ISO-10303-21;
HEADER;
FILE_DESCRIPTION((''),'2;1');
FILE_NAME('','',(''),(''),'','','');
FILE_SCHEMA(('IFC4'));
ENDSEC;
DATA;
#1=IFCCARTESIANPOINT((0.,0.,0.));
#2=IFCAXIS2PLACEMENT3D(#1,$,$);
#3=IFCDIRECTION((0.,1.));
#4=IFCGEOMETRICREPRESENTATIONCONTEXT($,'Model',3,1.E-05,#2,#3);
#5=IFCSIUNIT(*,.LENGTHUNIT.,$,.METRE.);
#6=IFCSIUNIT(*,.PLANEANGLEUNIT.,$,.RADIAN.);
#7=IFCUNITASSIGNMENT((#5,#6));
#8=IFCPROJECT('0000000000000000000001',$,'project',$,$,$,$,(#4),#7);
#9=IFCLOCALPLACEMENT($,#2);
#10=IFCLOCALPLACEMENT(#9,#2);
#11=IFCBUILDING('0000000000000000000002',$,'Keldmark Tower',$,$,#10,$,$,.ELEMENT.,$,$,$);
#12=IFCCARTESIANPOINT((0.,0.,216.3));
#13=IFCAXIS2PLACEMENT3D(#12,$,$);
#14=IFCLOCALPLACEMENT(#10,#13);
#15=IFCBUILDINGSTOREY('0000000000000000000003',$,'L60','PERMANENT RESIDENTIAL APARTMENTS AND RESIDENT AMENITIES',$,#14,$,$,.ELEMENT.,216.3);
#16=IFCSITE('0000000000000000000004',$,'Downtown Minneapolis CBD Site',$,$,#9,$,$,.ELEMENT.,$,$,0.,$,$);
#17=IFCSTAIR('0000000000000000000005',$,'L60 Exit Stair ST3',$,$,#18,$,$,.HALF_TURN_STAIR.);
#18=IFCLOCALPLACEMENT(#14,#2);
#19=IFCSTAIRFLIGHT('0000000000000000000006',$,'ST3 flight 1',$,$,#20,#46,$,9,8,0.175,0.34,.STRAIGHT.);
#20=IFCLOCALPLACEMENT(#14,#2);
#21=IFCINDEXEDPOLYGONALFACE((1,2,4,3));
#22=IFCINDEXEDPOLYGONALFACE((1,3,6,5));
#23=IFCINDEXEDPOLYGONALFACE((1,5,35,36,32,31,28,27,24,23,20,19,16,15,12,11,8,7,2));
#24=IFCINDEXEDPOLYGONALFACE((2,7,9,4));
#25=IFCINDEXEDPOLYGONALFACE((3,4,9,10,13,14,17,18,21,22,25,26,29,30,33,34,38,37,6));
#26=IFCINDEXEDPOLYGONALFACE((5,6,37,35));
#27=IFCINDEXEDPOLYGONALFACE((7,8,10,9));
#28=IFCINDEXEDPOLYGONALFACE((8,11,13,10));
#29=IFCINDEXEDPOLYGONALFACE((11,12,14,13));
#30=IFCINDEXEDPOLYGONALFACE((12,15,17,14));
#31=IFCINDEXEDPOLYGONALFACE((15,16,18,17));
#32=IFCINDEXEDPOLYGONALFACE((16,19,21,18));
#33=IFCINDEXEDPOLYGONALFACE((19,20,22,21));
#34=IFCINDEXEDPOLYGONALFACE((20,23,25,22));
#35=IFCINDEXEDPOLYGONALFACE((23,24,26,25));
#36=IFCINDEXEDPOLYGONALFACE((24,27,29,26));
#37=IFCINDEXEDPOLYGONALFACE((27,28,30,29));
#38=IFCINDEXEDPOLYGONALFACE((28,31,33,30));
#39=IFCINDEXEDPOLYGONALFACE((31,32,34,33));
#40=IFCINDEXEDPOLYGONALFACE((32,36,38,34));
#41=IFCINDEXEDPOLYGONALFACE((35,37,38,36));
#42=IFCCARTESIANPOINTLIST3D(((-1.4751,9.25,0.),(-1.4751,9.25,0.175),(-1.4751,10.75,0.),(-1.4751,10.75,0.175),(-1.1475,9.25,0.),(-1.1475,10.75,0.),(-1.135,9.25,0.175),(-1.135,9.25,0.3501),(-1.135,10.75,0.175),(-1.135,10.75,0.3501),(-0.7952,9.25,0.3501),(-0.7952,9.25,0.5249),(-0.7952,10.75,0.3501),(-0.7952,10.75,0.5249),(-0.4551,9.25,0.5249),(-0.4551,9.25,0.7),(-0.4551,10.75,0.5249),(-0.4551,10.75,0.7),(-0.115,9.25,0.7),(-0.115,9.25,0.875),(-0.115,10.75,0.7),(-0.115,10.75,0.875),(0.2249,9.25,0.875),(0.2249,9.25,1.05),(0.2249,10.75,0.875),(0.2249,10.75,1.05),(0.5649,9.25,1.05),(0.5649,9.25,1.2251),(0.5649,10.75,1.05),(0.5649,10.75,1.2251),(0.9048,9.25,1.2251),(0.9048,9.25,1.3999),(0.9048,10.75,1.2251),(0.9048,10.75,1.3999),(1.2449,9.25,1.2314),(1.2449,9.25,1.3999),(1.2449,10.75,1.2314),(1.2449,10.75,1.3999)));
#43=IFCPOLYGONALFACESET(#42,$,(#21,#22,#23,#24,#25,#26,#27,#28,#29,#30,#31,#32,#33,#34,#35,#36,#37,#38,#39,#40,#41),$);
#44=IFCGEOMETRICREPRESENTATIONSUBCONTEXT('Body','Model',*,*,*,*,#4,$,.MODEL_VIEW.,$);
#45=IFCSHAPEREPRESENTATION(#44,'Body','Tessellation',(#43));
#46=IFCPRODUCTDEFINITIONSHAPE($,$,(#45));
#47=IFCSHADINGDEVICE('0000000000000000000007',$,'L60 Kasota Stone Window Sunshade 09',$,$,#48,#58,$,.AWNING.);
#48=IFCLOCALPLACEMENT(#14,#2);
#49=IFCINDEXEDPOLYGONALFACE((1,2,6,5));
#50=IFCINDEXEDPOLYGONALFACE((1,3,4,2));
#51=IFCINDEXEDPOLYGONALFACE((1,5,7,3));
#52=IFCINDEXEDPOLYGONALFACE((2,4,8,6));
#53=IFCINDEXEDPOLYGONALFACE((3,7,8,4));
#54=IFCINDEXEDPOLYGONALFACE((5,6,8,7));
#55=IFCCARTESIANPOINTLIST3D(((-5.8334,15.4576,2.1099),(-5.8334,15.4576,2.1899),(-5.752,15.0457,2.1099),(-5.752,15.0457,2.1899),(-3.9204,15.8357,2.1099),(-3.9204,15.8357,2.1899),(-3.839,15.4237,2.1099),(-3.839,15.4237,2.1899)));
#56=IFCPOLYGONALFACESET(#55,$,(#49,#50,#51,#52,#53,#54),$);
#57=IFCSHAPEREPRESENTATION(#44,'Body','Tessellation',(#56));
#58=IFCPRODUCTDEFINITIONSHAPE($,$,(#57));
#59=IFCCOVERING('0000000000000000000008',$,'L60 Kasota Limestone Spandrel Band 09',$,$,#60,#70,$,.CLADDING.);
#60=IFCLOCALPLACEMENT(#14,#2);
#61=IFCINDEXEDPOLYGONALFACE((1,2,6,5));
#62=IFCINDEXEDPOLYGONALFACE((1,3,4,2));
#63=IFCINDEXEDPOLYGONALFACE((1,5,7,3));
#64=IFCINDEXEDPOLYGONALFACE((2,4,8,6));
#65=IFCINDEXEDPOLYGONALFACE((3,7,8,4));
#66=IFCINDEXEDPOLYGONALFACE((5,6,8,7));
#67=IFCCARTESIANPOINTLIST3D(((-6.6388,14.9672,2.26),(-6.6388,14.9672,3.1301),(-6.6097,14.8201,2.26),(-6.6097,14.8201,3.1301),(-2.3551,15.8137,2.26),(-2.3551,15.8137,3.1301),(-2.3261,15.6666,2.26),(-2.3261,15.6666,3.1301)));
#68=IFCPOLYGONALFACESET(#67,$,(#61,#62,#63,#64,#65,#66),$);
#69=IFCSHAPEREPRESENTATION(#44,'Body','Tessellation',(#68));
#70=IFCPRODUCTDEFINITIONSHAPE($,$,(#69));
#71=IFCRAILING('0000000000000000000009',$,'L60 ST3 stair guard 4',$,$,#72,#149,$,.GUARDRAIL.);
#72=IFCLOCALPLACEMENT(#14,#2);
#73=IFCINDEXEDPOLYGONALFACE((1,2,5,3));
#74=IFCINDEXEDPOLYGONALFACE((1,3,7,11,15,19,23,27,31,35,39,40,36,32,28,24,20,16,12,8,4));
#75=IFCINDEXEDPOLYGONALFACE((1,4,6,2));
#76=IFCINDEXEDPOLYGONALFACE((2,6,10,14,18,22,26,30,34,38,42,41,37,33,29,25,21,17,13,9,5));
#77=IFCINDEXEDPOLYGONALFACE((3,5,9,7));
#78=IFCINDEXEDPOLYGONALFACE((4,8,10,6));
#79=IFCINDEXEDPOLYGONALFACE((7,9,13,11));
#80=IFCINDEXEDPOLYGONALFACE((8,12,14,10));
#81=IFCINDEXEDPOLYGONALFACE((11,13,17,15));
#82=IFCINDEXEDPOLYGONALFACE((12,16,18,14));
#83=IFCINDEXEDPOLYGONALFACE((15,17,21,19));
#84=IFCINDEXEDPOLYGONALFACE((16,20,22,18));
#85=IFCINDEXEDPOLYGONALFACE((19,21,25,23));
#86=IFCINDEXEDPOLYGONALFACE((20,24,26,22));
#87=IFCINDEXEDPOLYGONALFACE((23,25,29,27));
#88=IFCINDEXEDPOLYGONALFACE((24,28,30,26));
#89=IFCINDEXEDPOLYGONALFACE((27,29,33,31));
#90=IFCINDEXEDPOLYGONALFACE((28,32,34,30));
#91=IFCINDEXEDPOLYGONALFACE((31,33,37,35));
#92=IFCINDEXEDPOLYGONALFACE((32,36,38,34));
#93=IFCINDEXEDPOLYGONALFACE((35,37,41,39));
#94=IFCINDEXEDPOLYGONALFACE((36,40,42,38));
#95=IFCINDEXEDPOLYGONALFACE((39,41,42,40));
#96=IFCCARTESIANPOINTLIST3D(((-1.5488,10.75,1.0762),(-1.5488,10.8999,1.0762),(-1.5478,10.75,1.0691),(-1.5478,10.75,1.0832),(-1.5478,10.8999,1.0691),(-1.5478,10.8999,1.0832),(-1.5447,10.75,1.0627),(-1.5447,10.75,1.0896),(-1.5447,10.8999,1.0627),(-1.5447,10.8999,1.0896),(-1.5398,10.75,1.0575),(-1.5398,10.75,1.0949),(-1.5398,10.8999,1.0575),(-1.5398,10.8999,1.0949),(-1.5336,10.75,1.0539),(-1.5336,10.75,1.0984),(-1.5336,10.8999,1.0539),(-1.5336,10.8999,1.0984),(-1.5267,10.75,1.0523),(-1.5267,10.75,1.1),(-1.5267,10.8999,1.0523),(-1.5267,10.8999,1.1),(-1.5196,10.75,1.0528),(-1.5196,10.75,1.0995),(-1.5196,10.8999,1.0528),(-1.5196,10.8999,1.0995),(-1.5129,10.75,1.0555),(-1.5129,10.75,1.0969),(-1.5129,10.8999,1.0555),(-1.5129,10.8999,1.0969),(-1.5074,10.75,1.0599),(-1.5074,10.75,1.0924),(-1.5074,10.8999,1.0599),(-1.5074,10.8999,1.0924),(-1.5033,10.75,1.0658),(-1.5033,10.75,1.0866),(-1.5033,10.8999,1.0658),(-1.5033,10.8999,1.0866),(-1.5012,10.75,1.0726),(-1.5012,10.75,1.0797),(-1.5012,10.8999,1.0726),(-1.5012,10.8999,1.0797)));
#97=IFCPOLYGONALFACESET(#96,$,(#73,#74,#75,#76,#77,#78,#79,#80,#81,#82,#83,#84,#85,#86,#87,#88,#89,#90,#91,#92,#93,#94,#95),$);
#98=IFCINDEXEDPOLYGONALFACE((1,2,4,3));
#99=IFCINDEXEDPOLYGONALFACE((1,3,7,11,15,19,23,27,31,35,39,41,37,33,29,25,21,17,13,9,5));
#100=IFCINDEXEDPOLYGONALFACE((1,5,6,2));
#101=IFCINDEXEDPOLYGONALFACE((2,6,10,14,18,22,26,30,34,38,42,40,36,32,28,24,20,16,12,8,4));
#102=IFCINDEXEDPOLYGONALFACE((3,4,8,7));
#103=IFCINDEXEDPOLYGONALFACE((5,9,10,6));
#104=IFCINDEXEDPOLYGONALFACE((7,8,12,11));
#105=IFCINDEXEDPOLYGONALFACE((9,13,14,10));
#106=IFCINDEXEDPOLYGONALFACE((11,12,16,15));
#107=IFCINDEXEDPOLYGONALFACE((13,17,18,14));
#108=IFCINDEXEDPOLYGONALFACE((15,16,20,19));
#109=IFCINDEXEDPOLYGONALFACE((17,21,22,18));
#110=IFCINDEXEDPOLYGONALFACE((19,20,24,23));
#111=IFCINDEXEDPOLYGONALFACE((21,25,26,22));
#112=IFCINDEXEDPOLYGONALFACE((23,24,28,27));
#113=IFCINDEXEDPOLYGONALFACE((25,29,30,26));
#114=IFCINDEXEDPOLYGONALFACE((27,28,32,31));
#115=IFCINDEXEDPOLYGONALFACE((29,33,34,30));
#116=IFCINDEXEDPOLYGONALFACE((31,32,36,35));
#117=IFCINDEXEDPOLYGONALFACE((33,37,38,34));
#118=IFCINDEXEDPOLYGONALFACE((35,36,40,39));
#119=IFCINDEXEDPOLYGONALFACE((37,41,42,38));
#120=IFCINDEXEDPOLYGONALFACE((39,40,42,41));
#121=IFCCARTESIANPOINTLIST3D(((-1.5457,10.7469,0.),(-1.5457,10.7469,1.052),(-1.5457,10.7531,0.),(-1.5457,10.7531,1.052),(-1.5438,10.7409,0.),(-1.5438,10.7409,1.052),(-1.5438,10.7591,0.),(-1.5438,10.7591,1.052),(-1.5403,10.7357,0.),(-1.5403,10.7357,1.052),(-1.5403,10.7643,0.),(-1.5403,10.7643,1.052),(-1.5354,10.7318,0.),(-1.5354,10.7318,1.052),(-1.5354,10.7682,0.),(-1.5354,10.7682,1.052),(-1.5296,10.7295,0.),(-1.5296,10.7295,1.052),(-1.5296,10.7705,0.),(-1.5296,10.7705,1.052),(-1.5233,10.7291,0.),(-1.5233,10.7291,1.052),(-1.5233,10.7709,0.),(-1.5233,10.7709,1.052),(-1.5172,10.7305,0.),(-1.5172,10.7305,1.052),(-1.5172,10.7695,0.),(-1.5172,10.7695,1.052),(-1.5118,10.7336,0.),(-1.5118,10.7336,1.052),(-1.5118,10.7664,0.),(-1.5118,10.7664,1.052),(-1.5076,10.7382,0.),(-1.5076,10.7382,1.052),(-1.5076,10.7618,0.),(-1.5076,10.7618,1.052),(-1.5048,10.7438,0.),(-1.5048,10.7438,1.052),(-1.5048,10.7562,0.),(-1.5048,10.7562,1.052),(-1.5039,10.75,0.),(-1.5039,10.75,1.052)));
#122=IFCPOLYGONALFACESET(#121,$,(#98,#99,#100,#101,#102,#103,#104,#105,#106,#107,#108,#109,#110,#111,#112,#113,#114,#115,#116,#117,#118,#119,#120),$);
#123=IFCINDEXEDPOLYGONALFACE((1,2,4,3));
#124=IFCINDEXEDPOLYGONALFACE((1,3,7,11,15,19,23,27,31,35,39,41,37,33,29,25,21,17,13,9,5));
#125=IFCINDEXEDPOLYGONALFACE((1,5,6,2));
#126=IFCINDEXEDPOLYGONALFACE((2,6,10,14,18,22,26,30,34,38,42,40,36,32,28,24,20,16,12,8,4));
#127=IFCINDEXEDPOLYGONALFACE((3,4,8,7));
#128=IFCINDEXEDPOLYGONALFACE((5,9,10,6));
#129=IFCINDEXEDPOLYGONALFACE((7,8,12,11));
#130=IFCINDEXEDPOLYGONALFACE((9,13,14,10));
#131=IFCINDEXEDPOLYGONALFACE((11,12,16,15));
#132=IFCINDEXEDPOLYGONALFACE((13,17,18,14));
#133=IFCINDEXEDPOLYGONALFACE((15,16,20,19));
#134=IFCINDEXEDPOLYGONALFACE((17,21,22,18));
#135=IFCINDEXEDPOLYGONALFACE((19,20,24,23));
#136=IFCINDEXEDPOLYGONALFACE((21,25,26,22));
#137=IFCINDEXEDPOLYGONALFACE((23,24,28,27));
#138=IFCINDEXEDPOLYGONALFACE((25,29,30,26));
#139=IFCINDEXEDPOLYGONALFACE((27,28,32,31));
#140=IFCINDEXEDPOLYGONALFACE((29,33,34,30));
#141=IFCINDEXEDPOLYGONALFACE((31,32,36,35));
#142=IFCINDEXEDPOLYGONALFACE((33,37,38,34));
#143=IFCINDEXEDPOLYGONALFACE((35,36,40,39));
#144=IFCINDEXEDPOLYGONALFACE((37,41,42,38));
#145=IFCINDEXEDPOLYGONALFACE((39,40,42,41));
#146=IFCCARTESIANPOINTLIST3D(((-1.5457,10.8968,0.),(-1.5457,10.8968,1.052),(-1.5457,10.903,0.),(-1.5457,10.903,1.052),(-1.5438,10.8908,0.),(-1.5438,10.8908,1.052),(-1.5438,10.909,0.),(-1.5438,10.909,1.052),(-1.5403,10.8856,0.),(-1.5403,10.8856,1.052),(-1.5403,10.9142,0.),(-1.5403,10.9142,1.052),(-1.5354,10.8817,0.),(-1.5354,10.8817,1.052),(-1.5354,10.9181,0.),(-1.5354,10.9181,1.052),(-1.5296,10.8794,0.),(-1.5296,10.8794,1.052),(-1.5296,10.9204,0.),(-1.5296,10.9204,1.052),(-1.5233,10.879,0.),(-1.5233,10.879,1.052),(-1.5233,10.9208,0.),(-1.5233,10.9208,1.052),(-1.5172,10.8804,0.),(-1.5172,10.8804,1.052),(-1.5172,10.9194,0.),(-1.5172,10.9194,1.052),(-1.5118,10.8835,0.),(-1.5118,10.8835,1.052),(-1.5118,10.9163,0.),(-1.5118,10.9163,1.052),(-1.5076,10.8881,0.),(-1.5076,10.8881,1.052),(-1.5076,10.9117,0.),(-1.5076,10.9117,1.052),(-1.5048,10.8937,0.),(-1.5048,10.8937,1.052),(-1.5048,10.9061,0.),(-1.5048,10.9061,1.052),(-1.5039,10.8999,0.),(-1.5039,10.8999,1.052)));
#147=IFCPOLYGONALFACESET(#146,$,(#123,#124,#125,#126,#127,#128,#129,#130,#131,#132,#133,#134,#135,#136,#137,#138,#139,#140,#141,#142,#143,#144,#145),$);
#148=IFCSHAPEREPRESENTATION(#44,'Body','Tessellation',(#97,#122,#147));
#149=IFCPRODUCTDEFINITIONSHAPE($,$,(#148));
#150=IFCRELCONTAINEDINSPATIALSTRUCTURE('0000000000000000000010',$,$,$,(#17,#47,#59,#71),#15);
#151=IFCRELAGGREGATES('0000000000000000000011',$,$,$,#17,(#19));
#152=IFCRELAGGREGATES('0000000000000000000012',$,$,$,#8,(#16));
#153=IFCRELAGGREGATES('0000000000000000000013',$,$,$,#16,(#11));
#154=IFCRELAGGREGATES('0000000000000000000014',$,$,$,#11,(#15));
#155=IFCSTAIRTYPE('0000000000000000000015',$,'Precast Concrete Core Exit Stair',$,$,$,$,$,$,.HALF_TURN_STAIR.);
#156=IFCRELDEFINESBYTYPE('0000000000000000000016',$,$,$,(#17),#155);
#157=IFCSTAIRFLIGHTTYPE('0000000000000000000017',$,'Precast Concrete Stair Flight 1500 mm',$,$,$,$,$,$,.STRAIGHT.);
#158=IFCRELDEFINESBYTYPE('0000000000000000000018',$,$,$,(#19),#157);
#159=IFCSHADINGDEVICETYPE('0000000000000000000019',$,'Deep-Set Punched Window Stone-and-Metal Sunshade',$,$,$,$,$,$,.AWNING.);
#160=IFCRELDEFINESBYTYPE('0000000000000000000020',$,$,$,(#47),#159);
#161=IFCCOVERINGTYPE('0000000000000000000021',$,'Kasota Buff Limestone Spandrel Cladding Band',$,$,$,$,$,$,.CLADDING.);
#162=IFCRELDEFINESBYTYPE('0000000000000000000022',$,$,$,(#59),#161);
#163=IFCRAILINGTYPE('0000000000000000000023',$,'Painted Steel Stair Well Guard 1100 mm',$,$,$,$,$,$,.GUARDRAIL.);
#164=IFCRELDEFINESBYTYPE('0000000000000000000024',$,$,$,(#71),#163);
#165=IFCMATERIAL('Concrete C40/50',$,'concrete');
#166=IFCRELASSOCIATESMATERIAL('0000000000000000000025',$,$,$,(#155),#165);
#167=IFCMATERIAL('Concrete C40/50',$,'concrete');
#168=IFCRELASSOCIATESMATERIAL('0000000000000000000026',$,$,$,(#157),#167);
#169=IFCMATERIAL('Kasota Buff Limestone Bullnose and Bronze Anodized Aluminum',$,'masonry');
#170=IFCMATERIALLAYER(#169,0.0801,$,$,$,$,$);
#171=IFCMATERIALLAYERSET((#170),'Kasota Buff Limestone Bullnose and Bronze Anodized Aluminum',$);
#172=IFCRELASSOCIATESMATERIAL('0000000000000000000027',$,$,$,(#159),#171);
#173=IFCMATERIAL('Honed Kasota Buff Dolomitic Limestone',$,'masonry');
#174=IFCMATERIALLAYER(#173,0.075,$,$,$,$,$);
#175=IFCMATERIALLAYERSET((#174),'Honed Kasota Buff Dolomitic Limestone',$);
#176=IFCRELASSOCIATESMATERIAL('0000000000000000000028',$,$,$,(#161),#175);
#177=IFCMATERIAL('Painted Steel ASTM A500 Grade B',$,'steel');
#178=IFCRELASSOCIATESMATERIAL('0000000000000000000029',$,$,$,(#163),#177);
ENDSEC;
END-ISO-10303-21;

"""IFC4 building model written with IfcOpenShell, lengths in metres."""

from ifc_helpers import new_model, si_unit, direction, frame, origin, origin_2d, place, context, subcontext, project, spatial, polyline, rectangle, circle, outline, extrude, material, layer, layer_set, type_object, element, aggregate, save


model = new_model("IFC4")

# Units and contexts
model_context = context("Model", 3, precision=1e-05, world=origin(), true_north=direction((0.0, 1.0)))
body_context = subcontext(model_context, "Body", "Model", "MODEL_VIEW")
ifc_project = project(units=[si_unit("LENGTHUNIT", "METRE"), si_unit("PLANEANGLEUNIT", "RADIAN")], contexts=[model_context])

# Site, building, storey
site_placement = place(None, origin())
site = spatial("IfcSite", under=ifc_project, at=site_placement, Name="Downtown Minneapolis CBD Site", CompositionType="ELEMENT", RefElevation=0.0)
building_placement = place(site_placement, origin())
building = spatial("IfcBuilding", under=site, at=building_placement, Name="Keldmark Tower", CompositionType="ELEMENT")
storey_placement = place(building_placement, frame((0.0, 0.0, 216.3)))
storey = spatial("IfcBuildingStorey", under=building, at=storey_placement, Name="L60", Description="PERMANENT RESIDENTIAL APARTMENTS AND RESIDENT AMENITIES", CompositionType="ELEMENT", Elevation=216.3)

# Stair, stair flight
ifc_material_1 = material(Name="Concrete C40/50", Category="concrete")
stair_type = type_object("IfcStairType", Name="Precast Concrete Core Exit Stair", PredefinedType="HALF_TURN_STAIR", material=ifc_material_1)
stair_placement = place(storey_placement, origin())
stair = element("IfcStair", 1, at=stair_placement, inside=storey, type_object=stair_type, Name="L60 Exit Stair ST3", PredefinedType="HALF_TURN_STAIR")
ifc_material_2 = material(Name="Concrete C40/50", Category="concrete")
stair_flight_type = type_object("IfcStairFlightType", Name="Precast Concrete Stair Flight 1500 mm", PredefinedType="STRAIGHT", material=ifc_material_2)
stair_flight_placement = place(storey_placement, frame((-1.4751, 10.0, 0.0), z_axis=(0.0, 0.0, 1.0), x_axis=(1.0, 0.0, 0.0)))
stair_flight = element("IfcStairFlight", 2, at=stair_flight_placement, type_object=stair_flight_type, Name="ST3 flight 1", NumberOfRisers=9, NumberOfTreads=8, PredefinedType="STRAIGHT", RiserHeight=0.175, TreadLength=0.34, context=body_context, shape_type="SweptSolid", body=[
    extrude(outline(polyline([(0.0, 0.0), (0.0, 0.175), (0.3401, 0.175), (0.3401, 0.3501), (0.6799, 0.3501), (0.6799, 0.5249), (1.02, 0.5249), (1.02, 0.7), (1.3601, 0.7), (1.3601, 0.875), (1.7, 0.875), (1.7, 1.05), (2.04, 1.05), (2.04, 1.2251), (2.3799, 1.2251), (2.3799, 1.3999), (2.72, 1.3999), (2.72, 1.575), (2.72, 1.2314), (0.3276, 0.0), (0.0, 0.0)])), frame((0.0, 0.75, 0.0), z_axis=(0.0, -1.0, 0.0), x_axis=(1.0, 0.0, 0.0)), (0.0, 0.0, 1.0), 1.5),
])
aggregate(stair, [stair_flight])

# Shading device
ifc_material_3 = material(Name="Kasota Buff Limestone Bullnose and Bronze Anodized Aluminum", Category="masonry")
ifc_layer_1 = layer(ifc_material_3, 0.0801)
ifc_layer_set_1 = layer_set([ifc_layer_1], Name="Kasota Buff Limestone Bullnose and Bronze Anodized Aluminum")
shading_device_type = type_object("IfcShadingDeviceType", Name="Deep-Set Punched Window Stone-and-Metal Sunshade", PredefinedType="AWNING", material=ifc_layer_set_1)
shading_device_placement = place(storey_placement, frame((-4.8362, 15.4407, 2.1099), z_axis=(0.0, 0.0, 1.0), x_axis=(0.981026, 0.193875, 0.0)))
element("IfcShadingDevice", 3, at=shading_device_placement, inside=storey, type_object=shading_device_type, Name="L60 Kasota Stone Window Sunshade 09", PredefinedType="AWNING", context=body_context, shape_type="SweptSolid", body=[
    extrude(rectangle(XDim=1.95, YDim=0.4199, at=origin_2d()), origin(), (0.0, 0.0, 1.0), 0.0801),
])

# Covering
ifc_material_4 = material(Name="Honed Kasota Buff Dolomitic Limestone", Category="masonry")
ifc_layer_2 = layer(ifc_material_4, 0.075)
ifc_layer_set_2 = layer_set([ifc_layer_2], Name="Honed Kasota Buff Dolomitic Limestone")
covering_type = type_object("IfcCoveringType", Name="Kasota Buff Limestone Spandrel Cladding Band", PredefinedType="CLADDING", material=ifc_layer_set_2)
covering_placement = place(storey_placement, frame((-4.4824, 15.3169, 2.26), z_axis=(0.0, 0.0, 1.0), x_axis=(-0.981026, -0.193875, 0.0)))
element("IfcCovering", 4, at=covering_placement, inside=storey, type_object=covering_type, Name="L60 Kasota Limestone Spandrel Band 09", PredefinedType="CLADDING", context=body_context, shape_type="SweptSolid", body=[
    extrude(rectangle(XDim=4.3665, YDim=0.1499, at=origin_2d()), origin(), (0.0, 0.0, 1.0), 0.8701),
])

# Railing
ifc_material_5 = material(Name="Painted Steel ASTM A500 Grade B", Category="steel")
railing_type = type_object("IfcRailingType", Name="Painted Steel Stair Well Guard 1100 mm", PredefinedType="GUARDRAIL", material=ifc_material_5)
railing_placement = place(storey_placement, frame((-1.5249, 10.75, 0.0)))
element("IfcRailing", 5, at=railing_placement, inside=storey, type_object=railing_type, Name="L60 ST3 stair guard 4", PredefinedType="GUARDRAIL", context=body_context, shape_type="SweptSolid", body=[
    extrude(circle(Radius=0.0239, at=origin_2d()), frame((0.0, 0.0, 1.0762), z_axis=(0.0, 1.0, 0.0), x_axis=(-1.0, 0.0, 0.0)), (0.0, 0.0, 1.0), 0.1499),
    extrude(circle(Radius=0.021, at=origin_2d()), origin(), (0.0, 0.0, 1.0), 1.052),
    extrude(circle(Radius=0.021, at=origin_2d()), frame((0.0, 0.1499, 0.0)), (0.0, 0.0, 1.0), 1.052),
])

save(model, "model.ifc")
